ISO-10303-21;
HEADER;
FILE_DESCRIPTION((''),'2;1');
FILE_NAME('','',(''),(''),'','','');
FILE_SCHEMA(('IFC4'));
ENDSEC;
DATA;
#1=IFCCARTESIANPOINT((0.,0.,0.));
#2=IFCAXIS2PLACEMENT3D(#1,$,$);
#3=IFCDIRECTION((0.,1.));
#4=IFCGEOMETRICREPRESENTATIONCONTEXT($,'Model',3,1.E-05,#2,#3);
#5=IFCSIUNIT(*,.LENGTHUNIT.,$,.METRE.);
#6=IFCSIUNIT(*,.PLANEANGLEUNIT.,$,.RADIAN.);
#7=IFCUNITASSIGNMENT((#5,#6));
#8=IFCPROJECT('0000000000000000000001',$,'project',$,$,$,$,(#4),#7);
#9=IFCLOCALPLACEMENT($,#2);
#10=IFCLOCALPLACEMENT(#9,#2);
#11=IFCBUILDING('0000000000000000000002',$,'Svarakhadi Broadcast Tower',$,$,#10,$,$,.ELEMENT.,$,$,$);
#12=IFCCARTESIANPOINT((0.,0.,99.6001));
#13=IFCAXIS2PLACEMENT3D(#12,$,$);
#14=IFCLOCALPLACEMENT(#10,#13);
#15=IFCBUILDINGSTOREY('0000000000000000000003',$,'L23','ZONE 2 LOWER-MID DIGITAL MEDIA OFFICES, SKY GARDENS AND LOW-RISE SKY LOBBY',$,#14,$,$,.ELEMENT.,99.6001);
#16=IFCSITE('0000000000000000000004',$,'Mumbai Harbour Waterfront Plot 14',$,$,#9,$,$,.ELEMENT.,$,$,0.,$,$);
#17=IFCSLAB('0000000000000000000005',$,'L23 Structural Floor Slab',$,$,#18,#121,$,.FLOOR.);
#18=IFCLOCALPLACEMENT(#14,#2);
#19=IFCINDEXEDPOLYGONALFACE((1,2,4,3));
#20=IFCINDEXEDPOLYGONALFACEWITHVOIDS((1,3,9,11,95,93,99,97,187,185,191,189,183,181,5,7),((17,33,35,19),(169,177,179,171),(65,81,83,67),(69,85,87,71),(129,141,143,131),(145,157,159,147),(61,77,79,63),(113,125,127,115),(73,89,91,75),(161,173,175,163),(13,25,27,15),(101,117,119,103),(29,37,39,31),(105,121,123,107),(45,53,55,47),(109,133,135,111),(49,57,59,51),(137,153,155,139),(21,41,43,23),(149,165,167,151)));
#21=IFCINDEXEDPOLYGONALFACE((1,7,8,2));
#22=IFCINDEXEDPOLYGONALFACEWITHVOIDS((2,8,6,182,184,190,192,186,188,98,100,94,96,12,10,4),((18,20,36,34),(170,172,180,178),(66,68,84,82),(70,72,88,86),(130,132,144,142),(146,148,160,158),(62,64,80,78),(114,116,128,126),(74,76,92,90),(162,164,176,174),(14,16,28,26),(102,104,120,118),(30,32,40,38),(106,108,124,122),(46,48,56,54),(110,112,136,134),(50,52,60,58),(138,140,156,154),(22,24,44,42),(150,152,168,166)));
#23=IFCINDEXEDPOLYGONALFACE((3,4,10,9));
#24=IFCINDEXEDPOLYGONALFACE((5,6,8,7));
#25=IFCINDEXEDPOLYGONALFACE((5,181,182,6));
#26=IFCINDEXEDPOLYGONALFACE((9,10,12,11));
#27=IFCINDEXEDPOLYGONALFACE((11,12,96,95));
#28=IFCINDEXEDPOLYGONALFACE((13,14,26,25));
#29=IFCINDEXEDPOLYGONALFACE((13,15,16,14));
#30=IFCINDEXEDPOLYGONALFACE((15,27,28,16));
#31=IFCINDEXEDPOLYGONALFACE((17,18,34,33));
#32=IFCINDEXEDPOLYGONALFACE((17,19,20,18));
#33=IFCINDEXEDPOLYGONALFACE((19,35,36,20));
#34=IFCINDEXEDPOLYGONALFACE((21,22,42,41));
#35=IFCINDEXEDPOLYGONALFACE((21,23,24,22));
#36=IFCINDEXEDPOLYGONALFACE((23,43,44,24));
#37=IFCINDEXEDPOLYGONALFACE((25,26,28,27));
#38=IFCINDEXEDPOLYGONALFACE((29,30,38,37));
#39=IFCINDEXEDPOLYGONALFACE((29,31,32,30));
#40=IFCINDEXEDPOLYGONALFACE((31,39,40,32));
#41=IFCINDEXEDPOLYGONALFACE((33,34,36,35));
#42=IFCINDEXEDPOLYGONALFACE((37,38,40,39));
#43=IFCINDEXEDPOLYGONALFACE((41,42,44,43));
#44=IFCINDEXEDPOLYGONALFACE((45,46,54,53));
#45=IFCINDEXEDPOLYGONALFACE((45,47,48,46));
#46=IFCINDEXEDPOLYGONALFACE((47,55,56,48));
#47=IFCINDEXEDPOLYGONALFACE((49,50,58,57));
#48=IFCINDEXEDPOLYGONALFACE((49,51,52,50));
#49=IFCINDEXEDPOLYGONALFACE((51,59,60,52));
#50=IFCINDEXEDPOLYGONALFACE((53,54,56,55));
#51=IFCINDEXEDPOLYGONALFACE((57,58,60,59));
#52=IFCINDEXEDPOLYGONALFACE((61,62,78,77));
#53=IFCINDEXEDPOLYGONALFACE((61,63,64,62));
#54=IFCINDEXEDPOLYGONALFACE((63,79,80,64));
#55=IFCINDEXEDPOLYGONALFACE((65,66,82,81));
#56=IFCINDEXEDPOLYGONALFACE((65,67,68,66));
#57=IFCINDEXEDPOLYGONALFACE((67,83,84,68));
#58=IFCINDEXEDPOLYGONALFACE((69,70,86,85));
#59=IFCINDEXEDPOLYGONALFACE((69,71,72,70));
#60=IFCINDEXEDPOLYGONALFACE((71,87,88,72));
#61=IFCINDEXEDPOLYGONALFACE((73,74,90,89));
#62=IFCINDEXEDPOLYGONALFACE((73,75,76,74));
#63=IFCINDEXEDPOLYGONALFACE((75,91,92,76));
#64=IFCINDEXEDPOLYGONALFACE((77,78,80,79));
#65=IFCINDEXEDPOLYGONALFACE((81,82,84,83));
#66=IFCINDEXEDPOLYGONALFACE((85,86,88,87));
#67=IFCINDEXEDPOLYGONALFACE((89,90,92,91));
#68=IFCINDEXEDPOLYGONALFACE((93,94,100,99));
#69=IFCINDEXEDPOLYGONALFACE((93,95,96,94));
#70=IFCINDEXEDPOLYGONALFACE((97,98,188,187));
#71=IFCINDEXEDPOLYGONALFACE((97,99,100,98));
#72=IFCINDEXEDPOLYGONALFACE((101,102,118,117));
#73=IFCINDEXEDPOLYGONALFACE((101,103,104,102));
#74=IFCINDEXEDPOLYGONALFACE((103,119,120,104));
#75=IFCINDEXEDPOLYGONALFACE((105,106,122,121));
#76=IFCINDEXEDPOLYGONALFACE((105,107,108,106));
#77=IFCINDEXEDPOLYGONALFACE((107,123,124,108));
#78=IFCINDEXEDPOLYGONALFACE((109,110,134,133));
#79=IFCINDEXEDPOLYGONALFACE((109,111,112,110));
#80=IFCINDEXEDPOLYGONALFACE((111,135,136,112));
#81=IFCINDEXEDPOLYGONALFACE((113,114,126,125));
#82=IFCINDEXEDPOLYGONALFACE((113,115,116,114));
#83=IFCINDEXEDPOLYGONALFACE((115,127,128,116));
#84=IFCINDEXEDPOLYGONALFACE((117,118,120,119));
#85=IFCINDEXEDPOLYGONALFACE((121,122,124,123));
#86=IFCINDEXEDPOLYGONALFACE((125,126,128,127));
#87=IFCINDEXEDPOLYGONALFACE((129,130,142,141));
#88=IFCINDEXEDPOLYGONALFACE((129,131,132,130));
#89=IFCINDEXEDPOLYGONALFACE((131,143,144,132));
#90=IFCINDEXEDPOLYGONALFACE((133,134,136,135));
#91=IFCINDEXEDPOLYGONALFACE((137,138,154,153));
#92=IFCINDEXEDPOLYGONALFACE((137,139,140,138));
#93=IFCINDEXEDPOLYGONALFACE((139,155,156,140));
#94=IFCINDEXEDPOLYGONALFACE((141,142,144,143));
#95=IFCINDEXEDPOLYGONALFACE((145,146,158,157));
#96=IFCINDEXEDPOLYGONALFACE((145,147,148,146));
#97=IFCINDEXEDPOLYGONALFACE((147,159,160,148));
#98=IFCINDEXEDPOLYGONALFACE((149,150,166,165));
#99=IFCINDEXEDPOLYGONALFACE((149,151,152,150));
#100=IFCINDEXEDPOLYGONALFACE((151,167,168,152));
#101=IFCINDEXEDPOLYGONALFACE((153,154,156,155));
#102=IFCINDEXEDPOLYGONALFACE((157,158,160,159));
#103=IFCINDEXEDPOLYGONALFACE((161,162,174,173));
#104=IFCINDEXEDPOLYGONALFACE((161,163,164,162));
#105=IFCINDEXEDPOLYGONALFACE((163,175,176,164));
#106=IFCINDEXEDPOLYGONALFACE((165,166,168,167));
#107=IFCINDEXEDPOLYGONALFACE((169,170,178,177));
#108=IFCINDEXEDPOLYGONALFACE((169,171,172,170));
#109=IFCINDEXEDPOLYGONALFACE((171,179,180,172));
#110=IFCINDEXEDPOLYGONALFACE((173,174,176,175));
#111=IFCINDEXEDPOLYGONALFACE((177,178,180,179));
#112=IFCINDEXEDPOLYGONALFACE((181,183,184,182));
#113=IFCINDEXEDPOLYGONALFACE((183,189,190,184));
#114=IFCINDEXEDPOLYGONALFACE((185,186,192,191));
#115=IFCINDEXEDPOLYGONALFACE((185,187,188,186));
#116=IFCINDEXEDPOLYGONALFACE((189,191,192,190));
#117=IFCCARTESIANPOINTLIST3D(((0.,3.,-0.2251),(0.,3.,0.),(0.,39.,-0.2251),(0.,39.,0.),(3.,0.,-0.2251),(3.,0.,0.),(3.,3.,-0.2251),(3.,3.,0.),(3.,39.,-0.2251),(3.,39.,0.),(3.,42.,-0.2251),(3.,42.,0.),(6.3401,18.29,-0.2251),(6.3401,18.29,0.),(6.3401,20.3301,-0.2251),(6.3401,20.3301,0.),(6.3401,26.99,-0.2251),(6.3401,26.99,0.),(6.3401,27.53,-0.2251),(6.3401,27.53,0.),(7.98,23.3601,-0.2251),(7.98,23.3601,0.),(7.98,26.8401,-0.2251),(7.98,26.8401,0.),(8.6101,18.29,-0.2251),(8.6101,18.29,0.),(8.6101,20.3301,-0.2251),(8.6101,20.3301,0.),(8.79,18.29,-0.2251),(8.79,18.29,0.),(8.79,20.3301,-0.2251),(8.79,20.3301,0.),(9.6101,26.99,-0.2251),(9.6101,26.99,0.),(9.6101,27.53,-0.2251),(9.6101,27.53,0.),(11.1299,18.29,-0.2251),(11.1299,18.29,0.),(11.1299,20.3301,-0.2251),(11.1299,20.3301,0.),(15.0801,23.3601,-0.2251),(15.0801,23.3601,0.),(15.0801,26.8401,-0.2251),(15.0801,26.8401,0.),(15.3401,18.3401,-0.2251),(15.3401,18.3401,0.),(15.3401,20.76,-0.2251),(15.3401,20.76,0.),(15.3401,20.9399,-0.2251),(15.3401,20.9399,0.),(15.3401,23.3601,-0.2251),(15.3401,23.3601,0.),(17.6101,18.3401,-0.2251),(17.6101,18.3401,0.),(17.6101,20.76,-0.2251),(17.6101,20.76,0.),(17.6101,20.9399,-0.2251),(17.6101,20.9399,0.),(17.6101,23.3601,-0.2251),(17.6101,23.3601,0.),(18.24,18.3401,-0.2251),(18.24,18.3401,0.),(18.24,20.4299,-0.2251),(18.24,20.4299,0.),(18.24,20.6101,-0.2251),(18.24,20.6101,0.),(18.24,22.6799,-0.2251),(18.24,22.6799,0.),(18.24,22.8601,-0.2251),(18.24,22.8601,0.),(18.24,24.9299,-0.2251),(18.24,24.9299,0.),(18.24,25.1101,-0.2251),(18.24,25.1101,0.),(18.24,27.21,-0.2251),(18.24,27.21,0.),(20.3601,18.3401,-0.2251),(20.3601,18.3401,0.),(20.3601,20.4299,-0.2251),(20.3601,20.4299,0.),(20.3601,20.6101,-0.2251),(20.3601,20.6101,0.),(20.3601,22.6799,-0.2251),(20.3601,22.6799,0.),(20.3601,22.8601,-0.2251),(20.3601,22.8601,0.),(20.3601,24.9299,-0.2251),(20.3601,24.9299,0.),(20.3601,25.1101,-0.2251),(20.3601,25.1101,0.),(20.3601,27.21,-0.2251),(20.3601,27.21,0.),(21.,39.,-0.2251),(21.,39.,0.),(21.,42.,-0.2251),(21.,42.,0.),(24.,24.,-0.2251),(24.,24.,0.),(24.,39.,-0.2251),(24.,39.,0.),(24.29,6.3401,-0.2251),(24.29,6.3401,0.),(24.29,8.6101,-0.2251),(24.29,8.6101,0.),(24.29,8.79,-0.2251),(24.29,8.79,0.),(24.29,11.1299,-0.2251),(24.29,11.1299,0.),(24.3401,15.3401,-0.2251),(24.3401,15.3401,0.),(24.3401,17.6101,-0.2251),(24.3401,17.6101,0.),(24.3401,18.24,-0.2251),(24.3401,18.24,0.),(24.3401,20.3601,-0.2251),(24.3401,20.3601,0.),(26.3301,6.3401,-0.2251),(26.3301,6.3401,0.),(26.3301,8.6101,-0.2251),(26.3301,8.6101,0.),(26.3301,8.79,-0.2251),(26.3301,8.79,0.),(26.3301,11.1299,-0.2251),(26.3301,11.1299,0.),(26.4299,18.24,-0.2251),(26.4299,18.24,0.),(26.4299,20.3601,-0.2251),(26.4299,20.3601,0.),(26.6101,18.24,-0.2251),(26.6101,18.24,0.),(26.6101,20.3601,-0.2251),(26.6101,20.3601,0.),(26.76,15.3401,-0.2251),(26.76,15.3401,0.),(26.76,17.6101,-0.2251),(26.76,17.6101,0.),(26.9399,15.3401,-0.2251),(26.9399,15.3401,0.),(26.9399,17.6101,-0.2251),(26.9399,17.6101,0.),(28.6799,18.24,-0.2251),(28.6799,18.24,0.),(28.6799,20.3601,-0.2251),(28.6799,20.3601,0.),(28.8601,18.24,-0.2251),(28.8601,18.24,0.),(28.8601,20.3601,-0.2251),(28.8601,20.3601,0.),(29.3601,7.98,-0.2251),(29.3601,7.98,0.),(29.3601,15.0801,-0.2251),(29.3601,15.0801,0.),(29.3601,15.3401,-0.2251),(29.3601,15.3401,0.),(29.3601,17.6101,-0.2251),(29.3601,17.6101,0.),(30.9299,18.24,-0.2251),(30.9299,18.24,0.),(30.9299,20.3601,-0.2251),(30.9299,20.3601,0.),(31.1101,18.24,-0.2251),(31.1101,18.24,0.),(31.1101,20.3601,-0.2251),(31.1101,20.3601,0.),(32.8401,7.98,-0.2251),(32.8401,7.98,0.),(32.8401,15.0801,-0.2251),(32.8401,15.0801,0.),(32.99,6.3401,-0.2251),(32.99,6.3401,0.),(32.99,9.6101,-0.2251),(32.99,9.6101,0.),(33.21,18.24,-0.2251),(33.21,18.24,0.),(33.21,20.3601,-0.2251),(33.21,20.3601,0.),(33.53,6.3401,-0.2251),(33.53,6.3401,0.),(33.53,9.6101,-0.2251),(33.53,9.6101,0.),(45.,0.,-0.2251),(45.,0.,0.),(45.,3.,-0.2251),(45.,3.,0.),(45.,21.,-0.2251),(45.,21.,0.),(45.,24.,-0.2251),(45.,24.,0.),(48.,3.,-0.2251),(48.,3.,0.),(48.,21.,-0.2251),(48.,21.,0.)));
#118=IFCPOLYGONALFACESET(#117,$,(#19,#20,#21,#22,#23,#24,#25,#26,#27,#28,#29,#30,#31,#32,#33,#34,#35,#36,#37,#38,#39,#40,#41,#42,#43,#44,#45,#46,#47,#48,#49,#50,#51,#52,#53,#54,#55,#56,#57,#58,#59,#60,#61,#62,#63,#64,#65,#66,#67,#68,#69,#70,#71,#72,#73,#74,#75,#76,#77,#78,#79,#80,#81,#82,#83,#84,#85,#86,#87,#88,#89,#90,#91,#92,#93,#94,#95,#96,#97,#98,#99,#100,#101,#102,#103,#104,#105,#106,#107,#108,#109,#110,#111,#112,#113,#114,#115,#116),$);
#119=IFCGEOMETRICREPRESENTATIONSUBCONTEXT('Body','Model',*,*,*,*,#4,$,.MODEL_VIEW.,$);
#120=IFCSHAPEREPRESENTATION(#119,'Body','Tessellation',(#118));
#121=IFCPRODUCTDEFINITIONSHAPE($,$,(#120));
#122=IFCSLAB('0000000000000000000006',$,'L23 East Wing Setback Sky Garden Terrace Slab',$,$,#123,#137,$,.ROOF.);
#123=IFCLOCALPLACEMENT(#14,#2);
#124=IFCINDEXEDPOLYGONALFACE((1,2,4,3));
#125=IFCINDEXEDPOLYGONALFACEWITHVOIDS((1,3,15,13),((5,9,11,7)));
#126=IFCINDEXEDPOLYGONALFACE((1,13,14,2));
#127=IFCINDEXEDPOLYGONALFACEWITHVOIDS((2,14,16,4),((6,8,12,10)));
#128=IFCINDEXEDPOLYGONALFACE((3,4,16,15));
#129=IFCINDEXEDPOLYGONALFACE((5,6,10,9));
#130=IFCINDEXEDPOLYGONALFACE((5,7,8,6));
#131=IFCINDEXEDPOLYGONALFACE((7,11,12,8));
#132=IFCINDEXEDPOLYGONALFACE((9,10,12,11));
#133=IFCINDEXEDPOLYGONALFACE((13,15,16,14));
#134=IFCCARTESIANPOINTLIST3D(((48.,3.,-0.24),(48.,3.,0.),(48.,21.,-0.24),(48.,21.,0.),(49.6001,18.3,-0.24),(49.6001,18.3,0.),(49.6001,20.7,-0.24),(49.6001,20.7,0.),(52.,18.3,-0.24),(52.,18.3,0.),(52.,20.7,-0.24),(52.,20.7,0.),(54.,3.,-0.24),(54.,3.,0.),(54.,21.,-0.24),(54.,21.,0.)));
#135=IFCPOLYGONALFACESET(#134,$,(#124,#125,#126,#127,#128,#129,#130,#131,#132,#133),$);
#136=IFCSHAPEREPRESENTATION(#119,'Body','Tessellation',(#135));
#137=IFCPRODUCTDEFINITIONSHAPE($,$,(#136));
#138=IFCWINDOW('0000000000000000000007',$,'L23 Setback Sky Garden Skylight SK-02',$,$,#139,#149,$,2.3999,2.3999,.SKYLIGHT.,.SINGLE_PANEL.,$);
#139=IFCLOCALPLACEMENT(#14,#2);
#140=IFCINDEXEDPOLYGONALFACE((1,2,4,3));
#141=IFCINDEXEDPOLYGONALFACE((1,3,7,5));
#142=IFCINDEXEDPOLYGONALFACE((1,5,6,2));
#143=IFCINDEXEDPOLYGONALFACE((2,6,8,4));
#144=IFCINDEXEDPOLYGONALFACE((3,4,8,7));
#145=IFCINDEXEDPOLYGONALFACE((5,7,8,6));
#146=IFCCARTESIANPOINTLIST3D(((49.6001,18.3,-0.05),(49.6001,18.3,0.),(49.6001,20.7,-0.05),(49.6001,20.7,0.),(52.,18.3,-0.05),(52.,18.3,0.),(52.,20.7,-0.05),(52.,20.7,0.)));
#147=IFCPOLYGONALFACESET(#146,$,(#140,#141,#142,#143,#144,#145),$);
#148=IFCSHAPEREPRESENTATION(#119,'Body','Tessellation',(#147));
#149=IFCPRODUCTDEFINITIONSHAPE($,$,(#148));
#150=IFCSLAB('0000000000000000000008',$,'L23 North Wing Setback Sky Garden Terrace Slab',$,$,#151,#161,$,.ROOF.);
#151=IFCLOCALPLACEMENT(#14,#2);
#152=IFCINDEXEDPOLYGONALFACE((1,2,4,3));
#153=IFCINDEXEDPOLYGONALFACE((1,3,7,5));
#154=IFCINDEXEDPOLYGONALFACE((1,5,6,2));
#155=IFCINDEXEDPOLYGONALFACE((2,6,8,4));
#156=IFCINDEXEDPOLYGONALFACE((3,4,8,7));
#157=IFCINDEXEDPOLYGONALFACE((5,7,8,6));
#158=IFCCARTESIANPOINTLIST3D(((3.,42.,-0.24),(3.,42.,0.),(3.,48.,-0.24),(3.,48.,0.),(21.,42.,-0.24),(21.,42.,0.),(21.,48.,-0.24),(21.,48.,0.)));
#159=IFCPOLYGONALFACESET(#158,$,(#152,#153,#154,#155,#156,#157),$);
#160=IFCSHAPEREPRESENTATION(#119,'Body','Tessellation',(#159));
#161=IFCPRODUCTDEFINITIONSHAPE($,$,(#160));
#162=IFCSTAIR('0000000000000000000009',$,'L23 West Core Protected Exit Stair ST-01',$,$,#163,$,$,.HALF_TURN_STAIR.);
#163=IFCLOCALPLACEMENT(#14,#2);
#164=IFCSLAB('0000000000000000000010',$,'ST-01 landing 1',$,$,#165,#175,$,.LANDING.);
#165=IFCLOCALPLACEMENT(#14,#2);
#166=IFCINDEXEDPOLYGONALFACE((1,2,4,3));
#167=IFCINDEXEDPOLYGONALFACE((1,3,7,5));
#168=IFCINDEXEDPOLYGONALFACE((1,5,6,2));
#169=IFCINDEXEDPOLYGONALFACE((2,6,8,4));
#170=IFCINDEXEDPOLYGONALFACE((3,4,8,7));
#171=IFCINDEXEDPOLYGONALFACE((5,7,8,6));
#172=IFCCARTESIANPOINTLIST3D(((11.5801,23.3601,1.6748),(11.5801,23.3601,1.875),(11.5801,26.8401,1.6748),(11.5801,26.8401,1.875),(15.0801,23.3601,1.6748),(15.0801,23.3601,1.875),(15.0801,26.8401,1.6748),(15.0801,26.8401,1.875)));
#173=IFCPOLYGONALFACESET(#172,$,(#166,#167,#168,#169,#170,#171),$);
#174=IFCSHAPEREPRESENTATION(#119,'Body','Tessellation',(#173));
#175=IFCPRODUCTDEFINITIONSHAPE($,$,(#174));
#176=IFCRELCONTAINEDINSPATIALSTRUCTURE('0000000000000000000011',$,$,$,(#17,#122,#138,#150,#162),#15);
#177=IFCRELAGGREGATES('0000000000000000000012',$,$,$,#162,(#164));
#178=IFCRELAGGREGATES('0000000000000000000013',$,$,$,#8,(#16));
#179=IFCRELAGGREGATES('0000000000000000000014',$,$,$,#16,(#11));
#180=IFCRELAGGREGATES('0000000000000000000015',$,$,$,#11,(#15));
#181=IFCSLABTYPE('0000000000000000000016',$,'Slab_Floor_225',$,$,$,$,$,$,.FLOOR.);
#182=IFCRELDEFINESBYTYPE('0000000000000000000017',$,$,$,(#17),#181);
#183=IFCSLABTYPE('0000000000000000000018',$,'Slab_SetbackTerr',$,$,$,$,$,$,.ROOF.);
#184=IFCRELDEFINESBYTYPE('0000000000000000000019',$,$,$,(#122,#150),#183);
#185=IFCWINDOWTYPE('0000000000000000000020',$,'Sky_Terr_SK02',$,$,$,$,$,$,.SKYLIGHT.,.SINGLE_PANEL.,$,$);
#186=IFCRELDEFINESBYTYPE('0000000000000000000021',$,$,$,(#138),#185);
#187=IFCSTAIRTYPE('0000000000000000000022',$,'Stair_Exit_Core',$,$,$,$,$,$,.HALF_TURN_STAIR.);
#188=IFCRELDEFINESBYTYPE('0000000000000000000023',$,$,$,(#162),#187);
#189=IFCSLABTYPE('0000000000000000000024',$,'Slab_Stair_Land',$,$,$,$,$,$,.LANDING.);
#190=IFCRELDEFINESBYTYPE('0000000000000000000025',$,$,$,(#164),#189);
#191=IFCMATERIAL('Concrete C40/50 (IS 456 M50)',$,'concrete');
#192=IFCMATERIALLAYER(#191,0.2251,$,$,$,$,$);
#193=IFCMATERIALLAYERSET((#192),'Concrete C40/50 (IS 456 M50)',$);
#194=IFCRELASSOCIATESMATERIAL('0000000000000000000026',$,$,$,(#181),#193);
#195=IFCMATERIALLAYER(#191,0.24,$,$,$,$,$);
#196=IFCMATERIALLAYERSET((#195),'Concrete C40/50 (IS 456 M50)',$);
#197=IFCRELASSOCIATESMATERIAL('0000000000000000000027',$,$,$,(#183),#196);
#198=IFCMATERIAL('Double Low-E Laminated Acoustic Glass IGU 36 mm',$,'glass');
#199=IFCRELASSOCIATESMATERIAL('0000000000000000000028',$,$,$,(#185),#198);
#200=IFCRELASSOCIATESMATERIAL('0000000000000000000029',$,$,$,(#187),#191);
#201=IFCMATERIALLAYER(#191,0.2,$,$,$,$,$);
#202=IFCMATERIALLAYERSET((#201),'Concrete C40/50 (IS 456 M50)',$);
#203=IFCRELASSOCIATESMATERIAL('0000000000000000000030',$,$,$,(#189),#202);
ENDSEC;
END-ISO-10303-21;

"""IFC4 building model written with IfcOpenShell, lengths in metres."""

from ifc_helpers import new_model, si_unit, direction, frame, origin, origin_2d, place, context, subcontext, project, spatial, polyline, rectangle, outline, extrude, material, layer, layer_set, type_object, element, fill, aggregate, save


model = new_model("IFC4")

# Units and contexts
model_context = context("Model", 3, precision=1e-05, world=origin(), true_north=direction((0.0, 1.0)))
body_context = subcontext(model_context, "Body", "Model", "MODEL_VIEW")
ifc_project = project(units=[si_unit("LENGTHUNIT", "METRE"), si_unit("PLANEANGLEUNIT", "RADIAN")], contexts=[model_context])

# Site, building, storey
site_placement = place(None, origin())
site = spatial("IfcSite", under=ifc_project, at=site_placement, Name="Mumbai Harbour Waterfront Plot 14", CompositionType="ELEMENT", RefElevation=0.0)
building_placement = place(site_placement, origin())
building = spatial("IfcBuilding", under=site, at=building_placement, Name="Svarakhadi Broadcast Tower", CompositionType="ELEMENT")
storey_placement = place(building_placement, frame((0.0, 0.0, 99.6001)))
storey = spatial("IfcBuildingStorey", under=building, at=storey_placement, Name="L23", Description="ZONE 2 LOWER-MID DIGITAL MEDIA OFFICES, SKY GARDENS AND LOW-RISE SKY LOBBY", CompositionType="ELEMENT", Elevation=99.6001)

# Shared definitions
ifc_material_1 = material(Name="Double Low-E Laminated Acoustic Glass IGU 36 mm", Category="glass")

# Slab
ifc_material_2 = material(Name="Concrete C40/50 (IS 456 M50)", Category="concrete")
ifc_layer_1 = layer(ifc_material_2, 0.2251)
ifc_layer_set_1 = layer_set([ifc_layer_1], Name="Concrete C40/50 (IS 456 M50)")
slab_type_1 = type_object("IfcSlabType", Name="Slab_Floor_225", PredefinedType="FLOOR", material=ifc_layer_set_1)
slab_1_placement = place(storey_placement, frame((0.0, 0.0, -0.2251)))
element("IfcSlab", 1, at=slab_1_placement, inside=storey, type_object=slab_type_1, Name="L23 Structural Floor Slab", PredefinedType="FLOOR", context=body_context, shape_type="SweptSolid", body=[
    extrude(outline(polyline([(3.0, 0.0), (45.0, 0.0), (45.0, 3.0), (48.0, 3.0), (48.0, 21.0), (45.0, 21.0), (45.0, 24.0), (24.0, 24.0), (24.0, 39.0), (21.0, 39.0), (21.0, 42.0), (3.0, 42.0), (3.0, 39.0), (0.0, 39.0), (0.0, 3.0), (3.0, 3.0), (3.0, 0.0)]), holes=[polyline([(7.98, 23.3601), (15.0801, 23.3601), (15.0801, 26.8401), (7.98, 26.8401), (7.98, 23.3601)]), polyline([(32.8401, 7.98), (32.8401, 15.0801), (29.3601, 15.0801), (29.3601, 7.98), (32.8401, 7.98)]), polyline([(6.3401, 18.29), (8.6101, 18.29), (8.6101, 20.3301), (6.3401, 20.3301), (6.3401, 18.29)]), polyline([(8.79, 18.29), (11.1299, 18.29), (11.1299, 20.3301), (8.79, 20.3301), (8.79, 18.29)]), polyline([(24.29, 6.3401), (26.3301, 6.3401), (26.3301, 8.6101), (24.29, 8.6101), (24.29, 6.3401)]), polyline([(24.29, 8.79), (26.3301, 8.79), (26.3301, 11.1299), (24.29, 11.1299), (24.29, 8.79)]), polyline([(6.3401, 26.99), (9.6101, 26.99), (9.6101, 27.53), (6.3401, 27.53), (6.3401, 26.99)]), polyline([(32.99, 6.3401), (33.53, 6.3401), (33.53, 9.6101), (32.99, 9.6101), (32.99, 6.3401)]), polyline([(15.3401, 18.3401), (17.6101, 18.3401), (17.6101, 20.76), (15.3401, 20.76), (15.3401, 18.3401)]), polyline([(15.3401, 20.9399), (17.6101, 20.9399), (17.6101, 23.3601), (15.3401, 23.3601), (15.3401, 20.9399)]), polyline([(24.3401, 15.3401), (26.76, 15.3401), (26.76, 17.6101), (24.3401, 17.6101), (24.3401, 15.3401)]), polyline([(26.9399, 15.3401), (29.3601, 15.3401), (29.3601, 17.6101), (26.9399, 17.6101), (26.9399, 15.3401)]), polyline([(18.24, 18.3401), (20.3601, 18.3401), (20.3601, 20.4299), (18.24, 20.4299), (18.24, 18.3401)]), polyline([(18.24, 20.6101), (20.3601, 20.6101), (20.3601, 22.6799), (18.24, 22.6799), (18.24, 20.6101)]), polyline([(18.24, 22.8601), (20.3601, 22.8601), (20.3601, 24.9299), (18.24, 24.9299), (18.24, 22.8601)]), polyline([(18.24, 25.1101), (20.3601, 25.1101), (20.3601, 27.21), (18.24, 27.21), (18.24, 25.1101)]), polyline([(24.3401, 18.24), (26.4299, 18.24), (26.4299, 20.3601), (24.3401, 20.3601), (24.3401, 18.24)]), polyline([(26.6101, 18.24), (28.6799, 18.24), (28.6799, 20.3601), (26.6101, 20.3601), (26.6101, 18.24)]), polyline([(28.8601, 18.24), (30.9299, 18.24), (30.9299, 20.3601), (28.8601, 20.3601), (28.8601, 18.24)]), polyline([(31.1101, 18.24), (33.21, 18.24), (33.21, 20.3601), (31.1101, 20.3601), (31.1101, 18.24)])]), origin(), (0.0, 0.0, 1.0), 0.2251),
])

# Slab, opening, window
ifc_layer_2 = layer(ifc_material_2, 0.24)
ifc_layer_set_2 = layer_set([ifc_layer_2], Name="Concrete C40/50 (IS 456 M50)")
slab_type_2 = type_object("IfcSlabType", Name="Slab_SetbackTerr", PredefinedType="ROOF", material=ifc_layer_set_2)
slab_2_placement = place(storey_placement, frame((0.0, 0.0, -0.24)))
slab_2 = element("IfcSlab", 2, at=slab_2_placement, inside=storey, type_object=slab_type_2, Name="L23 East Wing Setback Sky Garden Terrace Slab", PredefinedType="ROOF", context=body_context, shape_type="SweptSolid", body=[
    extrude(outline(polyline([(48.0, 3.0), (54.0, 3.0), (54.0, 21.0), (48.0, 21.0), (48.0, 3.0)])), origin(), (0.0, 0.0, 1.0), 0.24),
])
opening_placement = place(slab_2_placement, frame((50.8, 19.5, -0.01)))
opening = element("IfcOpeningElement", 3, at=opening_placement, cuts=slab_2, PredefinedType="OPENING", context=body_context, shape_type="SweptSolid", body=[
    extrude(rectangle(XDim=2.3999, YDim=2.3999, at=origin_2d()), origin(), (0.0, 0.0, 1.0), 0.26),
])
window_type = type_object("IfcWindowType", Name="Sky_Terr_SK02", PartitioningType="SINGLE_PANEL", PredefinedType="SKYLIGHT", material=ifc_material_1)
window_placement = place(slab_2_placement, frame((50.8, 19.5, 0.1899)))
window = element("IfcWindow", 4, at=window_placement, inside=storey, type_object=window_type, Name="L23 Setback Sky Garden Skylight SK-02", OverallHeight=2.3999, OverallWidth=2.3999, PartitioningType="SINGLE_PANEL", PredefinedType="SKYLIGHT", context=body_context, shape_type="SweptSolid", body=[
    extrude(rectangle(XDim=2.3999, YDim=2.3999, at=origin_2d()), origin(), (0.0, 0.0, 1.0), 0.05),
])
fill(opening, window)

# Slab
slab_3_placement = place(storey_placement, frame((0.0, 0.0, -0.24)))
element("IfcSlab", 5, at=slab_3_placement, inside=storey, type_object=slab_type_2, Name="L23 North Wing Setback Sky Garden Terrace Slab", PredefinedType="ROOF", context=body_context, shape_type="SweptSolid", body=[
    extrude(outline(polyline([(3.0, 42.0), (21.0, 42.0), (21.0, 48.0), (3.0, 48.0), (3.0, 42.0)])), origin(), (0.0, 0.0, 1.0), 0.24),
])

# Stair, slab
stair_type = type_object("IfcStairType", Name="Stair_Exit_Core", PredefinedType="HALF_TURN_STAIR", material=ifc_material_2)
stair_1_placement = place(storey_placement, origin())
stair_1 = element("IfcStair", 6, at=stair_1_placement, inside=storey, type_object=stair_type, Name="L23 West Core Protected Exit Stair ST-01", PredefinedType="HALF_TURN_STAIR")
ifc_layer_3 = layer(ifc_material_2, 0.2)
ifc_layer_set_3 = layer_set([ifc_layer_3], Name="Concrete C40/50 (IS 456 M50)")
slab_type_3 = type_object("IfcSlabType", Name="Slab_Stair_Land", PredefinedType="LANDING", material=ifc_layer_set_3)
slab_4_placement = place(storey_placement, frame((0.0, 0.0, 1.6748)))
slab_4 = element("IfcSlab", 7, at=slab_4_placement, type_object=slab_type_3, Name="ST-01 landing 1", PredefinedType="LANDING", context=body_context, shape_type="SweptSolid", body=[
    extrude(outline(polyline([(11.5801, 23.3601), (15.0801, 23.3601), (15.0801, 26.8401), (11.5801, 26.8401), (11.5801, 23.3601)])), origin(), (0.0, 0.0, 1.0), 0.2002),
])
aggregate(stair_1, [slab_4])

save(model, "model.ifc")
